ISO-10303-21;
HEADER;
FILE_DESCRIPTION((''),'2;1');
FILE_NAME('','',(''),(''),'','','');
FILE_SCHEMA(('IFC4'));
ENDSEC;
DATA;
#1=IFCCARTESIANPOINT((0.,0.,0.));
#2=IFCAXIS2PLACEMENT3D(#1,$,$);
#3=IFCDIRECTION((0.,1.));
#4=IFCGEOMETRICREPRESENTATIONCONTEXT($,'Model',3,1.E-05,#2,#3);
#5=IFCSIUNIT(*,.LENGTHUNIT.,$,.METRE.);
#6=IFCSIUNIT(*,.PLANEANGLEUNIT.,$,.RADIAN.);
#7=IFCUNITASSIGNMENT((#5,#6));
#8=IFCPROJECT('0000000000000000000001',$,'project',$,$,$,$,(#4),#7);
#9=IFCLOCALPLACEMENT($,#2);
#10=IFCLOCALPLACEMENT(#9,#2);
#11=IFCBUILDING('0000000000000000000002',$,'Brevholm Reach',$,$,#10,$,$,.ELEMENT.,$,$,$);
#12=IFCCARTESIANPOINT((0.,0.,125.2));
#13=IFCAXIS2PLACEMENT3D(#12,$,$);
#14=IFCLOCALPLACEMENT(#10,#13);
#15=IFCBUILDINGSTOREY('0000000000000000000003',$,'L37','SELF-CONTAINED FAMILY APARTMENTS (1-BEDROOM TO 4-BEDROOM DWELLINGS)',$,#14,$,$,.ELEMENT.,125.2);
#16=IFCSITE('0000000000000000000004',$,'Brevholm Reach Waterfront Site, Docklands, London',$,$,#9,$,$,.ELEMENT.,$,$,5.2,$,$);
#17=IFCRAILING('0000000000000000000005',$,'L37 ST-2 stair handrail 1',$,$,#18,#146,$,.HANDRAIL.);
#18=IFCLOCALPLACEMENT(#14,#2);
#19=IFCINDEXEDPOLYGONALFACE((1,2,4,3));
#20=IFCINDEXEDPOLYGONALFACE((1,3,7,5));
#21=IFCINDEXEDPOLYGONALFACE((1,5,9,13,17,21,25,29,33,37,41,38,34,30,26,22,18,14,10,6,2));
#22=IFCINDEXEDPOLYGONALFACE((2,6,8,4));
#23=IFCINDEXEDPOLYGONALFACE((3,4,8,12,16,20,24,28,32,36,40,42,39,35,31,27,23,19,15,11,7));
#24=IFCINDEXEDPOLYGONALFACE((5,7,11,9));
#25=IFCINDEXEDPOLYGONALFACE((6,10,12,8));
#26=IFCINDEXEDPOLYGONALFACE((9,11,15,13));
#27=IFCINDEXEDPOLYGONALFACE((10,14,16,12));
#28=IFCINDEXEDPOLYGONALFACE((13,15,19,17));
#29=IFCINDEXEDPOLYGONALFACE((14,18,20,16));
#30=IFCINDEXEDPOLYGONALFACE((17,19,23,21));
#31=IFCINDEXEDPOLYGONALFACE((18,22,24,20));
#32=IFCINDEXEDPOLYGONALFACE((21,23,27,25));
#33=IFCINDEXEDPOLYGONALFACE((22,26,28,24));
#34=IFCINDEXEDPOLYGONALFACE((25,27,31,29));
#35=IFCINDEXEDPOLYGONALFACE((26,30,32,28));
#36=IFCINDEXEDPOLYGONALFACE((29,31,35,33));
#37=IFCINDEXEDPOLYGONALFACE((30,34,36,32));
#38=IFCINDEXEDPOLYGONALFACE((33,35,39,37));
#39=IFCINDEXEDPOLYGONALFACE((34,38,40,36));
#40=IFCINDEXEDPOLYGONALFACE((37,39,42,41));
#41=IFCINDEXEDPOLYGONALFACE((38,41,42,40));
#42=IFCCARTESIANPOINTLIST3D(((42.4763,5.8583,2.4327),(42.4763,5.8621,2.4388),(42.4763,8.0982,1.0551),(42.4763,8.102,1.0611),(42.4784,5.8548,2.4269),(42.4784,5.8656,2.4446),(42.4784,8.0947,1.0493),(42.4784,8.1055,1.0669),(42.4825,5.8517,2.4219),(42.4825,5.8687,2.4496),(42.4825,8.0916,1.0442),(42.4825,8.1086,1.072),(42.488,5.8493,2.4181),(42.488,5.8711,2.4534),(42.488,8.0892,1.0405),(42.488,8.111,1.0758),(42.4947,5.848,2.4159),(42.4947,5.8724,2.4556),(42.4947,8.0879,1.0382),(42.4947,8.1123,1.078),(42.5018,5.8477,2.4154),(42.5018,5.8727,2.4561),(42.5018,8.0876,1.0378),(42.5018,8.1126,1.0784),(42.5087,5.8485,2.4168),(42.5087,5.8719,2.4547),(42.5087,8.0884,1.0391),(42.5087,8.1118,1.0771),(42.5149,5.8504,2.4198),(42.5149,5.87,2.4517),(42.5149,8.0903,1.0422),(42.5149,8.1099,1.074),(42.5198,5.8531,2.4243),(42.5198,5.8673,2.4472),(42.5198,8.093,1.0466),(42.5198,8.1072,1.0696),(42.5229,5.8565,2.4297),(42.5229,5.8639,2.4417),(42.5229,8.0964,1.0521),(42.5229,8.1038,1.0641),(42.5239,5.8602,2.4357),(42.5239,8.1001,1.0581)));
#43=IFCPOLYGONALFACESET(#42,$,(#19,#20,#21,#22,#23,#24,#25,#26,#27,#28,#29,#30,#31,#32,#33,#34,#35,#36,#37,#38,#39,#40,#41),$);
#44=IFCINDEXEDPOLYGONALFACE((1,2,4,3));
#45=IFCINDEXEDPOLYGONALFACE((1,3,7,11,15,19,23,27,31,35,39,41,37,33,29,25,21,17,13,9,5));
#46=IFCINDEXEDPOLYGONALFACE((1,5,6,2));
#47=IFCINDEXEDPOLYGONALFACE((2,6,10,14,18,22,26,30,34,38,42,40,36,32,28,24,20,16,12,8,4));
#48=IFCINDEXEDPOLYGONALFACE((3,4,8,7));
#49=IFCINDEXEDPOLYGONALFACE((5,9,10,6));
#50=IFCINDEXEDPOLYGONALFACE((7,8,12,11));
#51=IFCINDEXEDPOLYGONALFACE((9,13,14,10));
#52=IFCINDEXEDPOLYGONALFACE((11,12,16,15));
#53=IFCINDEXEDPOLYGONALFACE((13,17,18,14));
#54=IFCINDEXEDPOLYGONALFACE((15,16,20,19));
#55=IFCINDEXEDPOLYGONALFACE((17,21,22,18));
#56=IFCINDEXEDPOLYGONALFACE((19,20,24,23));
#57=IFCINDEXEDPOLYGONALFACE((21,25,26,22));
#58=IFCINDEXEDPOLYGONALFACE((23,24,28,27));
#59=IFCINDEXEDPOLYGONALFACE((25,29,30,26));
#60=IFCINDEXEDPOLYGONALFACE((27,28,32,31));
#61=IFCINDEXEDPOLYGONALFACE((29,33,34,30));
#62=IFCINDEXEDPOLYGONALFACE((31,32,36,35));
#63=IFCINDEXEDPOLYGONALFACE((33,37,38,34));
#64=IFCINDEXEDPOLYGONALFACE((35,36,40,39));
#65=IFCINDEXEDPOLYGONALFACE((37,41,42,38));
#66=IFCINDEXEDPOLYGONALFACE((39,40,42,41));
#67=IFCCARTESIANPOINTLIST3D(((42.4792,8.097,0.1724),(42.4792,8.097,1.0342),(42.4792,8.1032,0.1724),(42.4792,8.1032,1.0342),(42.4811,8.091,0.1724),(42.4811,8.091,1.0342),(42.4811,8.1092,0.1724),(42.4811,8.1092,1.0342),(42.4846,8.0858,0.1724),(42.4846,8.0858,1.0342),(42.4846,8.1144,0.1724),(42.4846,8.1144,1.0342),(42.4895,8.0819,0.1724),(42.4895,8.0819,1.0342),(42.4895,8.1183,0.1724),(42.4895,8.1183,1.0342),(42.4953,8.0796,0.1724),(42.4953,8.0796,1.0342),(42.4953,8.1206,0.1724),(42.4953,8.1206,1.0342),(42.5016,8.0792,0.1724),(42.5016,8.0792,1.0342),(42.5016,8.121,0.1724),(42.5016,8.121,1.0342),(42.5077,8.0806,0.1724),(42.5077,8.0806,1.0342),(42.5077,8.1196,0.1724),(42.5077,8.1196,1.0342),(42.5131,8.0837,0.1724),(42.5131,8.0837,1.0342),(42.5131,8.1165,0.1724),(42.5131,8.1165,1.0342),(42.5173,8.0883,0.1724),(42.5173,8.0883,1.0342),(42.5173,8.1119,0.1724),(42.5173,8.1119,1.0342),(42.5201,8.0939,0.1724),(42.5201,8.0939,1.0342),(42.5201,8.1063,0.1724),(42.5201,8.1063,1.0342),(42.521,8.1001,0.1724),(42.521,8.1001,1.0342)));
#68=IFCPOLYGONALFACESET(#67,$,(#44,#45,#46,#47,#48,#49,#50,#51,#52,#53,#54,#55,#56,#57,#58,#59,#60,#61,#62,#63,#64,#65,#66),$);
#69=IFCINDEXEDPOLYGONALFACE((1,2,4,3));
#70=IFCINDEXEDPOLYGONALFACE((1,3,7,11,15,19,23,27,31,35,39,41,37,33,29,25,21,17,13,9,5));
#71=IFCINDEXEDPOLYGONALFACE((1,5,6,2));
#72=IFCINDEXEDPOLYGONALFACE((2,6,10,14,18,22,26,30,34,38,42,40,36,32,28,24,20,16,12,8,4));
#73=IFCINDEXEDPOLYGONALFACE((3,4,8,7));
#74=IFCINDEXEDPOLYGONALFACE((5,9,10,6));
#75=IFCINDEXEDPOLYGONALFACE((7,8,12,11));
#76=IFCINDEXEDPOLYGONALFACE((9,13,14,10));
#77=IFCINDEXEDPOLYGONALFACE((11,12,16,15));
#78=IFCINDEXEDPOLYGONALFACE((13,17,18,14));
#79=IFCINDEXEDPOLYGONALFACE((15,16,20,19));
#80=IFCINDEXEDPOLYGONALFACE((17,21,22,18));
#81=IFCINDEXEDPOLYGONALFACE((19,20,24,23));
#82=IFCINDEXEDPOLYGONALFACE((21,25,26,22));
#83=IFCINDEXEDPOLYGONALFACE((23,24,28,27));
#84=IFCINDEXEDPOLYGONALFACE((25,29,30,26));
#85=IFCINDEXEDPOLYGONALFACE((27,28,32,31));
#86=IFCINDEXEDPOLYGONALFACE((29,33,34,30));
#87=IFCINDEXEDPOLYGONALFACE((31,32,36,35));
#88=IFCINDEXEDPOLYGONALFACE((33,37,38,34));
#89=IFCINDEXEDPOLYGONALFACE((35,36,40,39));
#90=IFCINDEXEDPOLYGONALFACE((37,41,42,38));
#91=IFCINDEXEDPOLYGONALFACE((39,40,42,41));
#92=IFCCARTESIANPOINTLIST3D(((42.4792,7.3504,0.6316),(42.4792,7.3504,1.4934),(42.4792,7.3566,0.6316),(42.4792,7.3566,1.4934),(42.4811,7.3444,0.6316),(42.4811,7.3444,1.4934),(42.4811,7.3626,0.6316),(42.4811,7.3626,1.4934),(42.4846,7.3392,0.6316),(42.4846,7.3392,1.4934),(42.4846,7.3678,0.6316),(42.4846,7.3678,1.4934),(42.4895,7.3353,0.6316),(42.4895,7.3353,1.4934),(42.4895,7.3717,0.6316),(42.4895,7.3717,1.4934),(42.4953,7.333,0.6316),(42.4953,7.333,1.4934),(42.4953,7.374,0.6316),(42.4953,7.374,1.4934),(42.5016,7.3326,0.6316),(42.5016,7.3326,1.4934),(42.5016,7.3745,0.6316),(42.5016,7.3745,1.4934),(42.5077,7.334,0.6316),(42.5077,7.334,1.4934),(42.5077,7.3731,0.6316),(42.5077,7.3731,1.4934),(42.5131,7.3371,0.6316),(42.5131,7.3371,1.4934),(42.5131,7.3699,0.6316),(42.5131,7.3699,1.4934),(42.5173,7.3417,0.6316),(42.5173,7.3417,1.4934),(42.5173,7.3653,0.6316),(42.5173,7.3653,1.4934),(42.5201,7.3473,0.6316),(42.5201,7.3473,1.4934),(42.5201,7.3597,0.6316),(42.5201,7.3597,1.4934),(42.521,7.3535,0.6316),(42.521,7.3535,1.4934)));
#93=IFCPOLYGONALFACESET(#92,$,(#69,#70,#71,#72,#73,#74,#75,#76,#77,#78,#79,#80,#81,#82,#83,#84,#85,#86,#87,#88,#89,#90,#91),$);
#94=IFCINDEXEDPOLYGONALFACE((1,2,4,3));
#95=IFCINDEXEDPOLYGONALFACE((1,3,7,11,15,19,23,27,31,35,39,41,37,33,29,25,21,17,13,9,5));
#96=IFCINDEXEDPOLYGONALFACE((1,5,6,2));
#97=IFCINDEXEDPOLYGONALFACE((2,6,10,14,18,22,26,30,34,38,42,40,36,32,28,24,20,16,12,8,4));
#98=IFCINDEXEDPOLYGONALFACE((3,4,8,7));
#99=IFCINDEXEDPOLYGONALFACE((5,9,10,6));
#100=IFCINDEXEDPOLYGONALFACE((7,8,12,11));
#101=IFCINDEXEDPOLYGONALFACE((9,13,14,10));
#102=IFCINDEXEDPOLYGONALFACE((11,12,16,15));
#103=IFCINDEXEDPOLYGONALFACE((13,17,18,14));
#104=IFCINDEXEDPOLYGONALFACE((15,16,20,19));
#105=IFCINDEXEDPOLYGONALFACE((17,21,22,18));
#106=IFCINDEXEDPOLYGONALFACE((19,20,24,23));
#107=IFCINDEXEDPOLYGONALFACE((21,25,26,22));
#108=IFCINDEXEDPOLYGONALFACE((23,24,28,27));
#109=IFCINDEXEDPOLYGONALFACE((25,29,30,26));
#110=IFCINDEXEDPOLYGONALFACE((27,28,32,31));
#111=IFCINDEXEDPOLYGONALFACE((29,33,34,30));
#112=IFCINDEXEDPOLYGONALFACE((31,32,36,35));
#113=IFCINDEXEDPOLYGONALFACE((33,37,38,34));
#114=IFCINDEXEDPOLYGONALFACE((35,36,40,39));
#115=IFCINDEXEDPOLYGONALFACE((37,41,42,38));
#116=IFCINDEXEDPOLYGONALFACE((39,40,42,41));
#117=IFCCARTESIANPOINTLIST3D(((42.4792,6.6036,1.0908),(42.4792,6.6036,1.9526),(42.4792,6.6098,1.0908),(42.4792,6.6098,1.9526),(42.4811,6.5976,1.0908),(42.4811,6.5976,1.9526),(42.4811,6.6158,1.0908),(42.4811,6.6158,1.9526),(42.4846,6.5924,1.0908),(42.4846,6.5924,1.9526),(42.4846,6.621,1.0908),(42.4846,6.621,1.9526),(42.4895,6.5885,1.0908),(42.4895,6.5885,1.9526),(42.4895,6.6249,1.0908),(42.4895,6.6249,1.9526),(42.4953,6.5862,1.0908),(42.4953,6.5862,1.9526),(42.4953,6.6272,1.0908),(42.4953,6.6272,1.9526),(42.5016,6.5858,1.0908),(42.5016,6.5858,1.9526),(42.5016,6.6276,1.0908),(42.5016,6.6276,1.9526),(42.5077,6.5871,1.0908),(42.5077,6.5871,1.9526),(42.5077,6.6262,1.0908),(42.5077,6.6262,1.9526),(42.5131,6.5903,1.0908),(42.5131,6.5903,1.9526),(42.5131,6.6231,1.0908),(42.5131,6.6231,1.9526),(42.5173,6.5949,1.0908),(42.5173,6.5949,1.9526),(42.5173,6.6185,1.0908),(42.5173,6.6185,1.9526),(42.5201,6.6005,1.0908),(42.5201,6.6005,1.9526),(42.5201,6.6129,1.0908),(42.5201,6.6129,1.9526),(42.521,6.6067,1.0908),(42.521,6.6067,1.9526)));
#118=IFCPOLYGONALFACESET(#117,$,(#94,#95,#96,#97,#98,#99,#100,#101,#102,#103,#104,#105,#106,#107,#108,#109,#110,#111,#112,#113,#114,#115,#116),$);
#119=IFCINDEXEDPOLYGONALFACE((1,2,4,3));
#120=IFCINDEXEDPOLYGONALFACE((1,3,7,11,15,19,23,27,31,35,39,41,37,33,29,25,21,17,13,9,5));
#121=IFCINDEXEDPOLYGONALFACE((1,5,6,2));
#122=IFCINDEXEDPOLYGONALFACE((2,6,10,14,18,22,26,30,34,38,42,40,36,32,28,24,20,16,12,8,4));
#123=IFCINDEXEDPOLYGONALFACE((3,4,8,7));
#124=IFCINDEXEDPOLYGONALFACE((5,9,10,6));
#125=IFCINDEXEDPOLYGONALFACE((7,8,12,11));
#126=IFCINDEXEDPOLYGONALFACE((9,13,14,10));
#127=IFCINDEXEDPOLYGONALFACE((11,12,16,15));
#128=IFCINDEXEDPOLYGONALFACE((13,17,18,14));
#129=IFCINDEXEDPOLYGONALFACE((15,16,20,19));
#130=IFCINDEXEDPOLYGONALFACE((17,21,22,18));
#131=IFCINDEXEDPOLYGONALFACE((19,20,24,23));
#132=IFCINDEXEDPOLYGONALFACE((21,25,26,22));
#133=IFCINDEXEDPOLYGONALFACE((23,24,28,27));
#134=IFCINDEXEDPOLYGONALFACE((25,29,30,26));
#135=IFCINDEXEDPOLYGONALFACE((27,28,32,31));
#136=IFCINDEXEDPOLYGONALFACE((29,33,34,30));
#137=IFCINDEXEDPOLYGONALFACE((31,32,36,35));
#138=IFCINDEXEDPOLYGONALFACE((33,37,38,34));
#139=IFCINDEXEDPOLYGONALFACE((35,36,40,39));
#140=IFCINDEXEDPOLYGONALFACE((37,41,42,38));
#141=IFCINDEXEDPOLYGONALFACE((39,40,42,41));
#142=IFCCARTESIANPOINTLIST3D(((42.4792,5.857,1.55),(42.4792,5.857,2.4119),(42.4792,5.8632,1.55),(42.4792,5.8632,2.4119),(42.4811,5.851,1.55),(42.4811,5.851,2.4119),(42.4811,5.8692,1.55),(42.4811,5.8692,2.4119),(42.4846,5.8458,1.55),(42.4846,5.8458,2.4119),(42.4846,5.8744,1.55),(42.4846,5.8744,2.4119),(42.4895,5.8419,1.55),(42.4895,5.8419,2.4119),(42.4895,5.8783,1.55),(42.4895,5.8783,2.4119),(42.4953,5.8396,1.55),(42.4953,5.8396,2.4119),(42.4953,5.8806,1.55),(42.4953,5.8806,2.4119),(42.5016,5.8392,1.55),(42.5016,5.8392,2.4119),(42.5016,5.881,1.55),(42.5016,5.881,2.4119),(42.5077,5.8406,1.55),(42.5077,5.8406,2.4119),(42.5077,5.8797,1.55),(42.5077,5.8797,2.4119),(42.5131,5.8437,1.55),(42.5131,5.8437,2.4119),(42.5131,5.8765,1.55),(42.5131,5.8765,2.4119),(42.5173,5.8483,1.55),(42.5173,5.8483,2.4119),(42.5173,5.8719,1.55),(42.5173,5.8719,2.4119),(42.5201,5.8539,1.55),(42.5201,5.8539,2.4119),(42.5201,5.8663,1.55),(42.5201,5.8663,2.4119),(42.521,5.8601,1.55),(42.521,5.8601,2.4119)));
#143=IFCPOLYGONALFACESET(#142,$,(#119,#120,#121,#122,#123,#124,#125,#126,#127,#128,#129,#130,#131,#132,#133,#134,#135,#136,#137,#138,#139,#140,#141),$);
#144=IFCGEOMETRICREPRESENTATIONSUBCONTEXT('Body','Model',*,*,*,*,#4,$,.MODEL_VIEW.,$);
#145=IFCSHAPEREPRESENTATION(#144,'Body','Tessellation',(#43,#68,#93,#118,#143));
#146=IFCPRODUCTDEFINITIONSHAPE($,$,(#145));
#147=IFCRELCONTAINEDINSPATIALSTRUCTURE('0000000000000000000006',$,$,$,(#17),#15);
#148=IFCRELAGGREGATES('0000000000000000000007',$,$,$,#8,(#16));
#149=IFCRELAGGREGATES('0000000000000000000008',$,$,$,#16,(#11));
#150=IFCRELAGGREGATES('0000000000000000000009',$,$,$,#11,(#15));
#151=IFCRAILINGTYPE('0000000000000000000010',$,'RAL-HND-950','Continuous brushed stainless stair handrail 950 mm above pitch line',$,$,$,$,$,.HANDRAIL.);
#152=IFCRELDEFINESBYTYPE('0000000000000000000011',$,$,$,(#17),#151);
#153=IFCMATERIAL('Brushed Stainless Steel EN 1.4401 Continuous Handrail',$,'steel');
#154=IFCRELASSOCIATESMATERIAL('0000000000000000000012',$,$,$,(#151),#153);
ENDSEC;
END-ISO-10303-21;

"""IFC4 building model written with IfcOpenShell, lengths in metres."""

from ifc_helpers import new_model, si_unit, direction, frame, origin, origin_2d, place, context, subcontext, project, spatial, circle, extrude, material, type_object, element, save


model = new_model("IFC4")

# Units and contexts
model_context = context("Model", 3, precision=1e-05, world=origin(), true_north=direction((0.0, 1.0)))
body_context = subcontext(model_context, "Body", "Model", "MODEL_VIEW")
ifc_project = project(units=[si_unit("LENGTHUNIT", "METRE"), si_unit("PLANEANGLEUNIT", "RADIAN")], contexts=[model_context])

# Site, building, storey
site_placement = place(None, origin())
site = spatial("IfcSite", under=ifc_project, at=site_placement, Name="Brevholm Reach Waterfront Site, Docklands, London", CompositionType="ELEMENT", RefElevation=5.2)
building_placement = place(site_placement, origin())
building = spatial("IfcBuilding", under=site, at=building_placement, Name="Brevholm Reach", CompositionType="ELEMENT")
storey_placement = place(building_placement, frame((0.0, 0.0, 125.2)))
storey = spatial("IfcBuildingStorey", under=building, at=storey_placement, Name="L37", Description="SELF-CONTAINED FAMILY APARTMENTS (1-BEDROOM TO 4-BEDROOM DWELLINGS)", CompositionType="ELEMENT", Elevation=125.2)

# Railing
ifc_material_1 = material(Name="Brushed Stainless Steel EN 1.4401 Continuous Handrail", Category="steel")
railing_type_1 = type_object("IfcRailingType", Name="RAL-HND-950", Description="Continuous brushed stainless stair handrail 950 mm above pitch line", PredefinedType="HANDRAIL", material=ifc_material_1)
railing_1_placement = place(storey_placement, frame((42.5, 8.1001, 0.1724)))
element("IfcRailing", 1, at=railing_1_placement, inside=storey, type_object=railing_type_1, Name="L37 ST-2 stair handrail 1", PredefinedType="HANDRAIL", context=body_context, shape_type="SweptSolid", body=[
    extrude(circle(Radius=0.0239, at=origin_2d()), frame((0.0, 0.0, 0.8857), z_axis=(0.0, -0.851789, 0.523885), x_axis=(1.0, 0.0, 0.0)), (0.0, 0.0, 1.0), 2.6296),
    extrude(circle(Radius=0.021, at=origin_2d()), origin(), (0.0, 0.0, 1.0), 0.8618),
    extrude(circle(Radius=0.021, at=origin_2d()), frame((0.0, -0.7466, 0.4592)), (0.0, 0.0, 1.0), 0.8618),
    extrude(circle(Radius=0.021, at=origin_2d()), frame((0.0, -1.4934, 0.9185)), (0.0, 0.0, 1.0), 0.8618),
    extrude(circle(Radius=0.021, at=origin_2d()), frame((0.0, -2.24, 1.3777)), (0.0, 0.0, 1.0), 0.8618),
])

save(model, "model.ifc")
